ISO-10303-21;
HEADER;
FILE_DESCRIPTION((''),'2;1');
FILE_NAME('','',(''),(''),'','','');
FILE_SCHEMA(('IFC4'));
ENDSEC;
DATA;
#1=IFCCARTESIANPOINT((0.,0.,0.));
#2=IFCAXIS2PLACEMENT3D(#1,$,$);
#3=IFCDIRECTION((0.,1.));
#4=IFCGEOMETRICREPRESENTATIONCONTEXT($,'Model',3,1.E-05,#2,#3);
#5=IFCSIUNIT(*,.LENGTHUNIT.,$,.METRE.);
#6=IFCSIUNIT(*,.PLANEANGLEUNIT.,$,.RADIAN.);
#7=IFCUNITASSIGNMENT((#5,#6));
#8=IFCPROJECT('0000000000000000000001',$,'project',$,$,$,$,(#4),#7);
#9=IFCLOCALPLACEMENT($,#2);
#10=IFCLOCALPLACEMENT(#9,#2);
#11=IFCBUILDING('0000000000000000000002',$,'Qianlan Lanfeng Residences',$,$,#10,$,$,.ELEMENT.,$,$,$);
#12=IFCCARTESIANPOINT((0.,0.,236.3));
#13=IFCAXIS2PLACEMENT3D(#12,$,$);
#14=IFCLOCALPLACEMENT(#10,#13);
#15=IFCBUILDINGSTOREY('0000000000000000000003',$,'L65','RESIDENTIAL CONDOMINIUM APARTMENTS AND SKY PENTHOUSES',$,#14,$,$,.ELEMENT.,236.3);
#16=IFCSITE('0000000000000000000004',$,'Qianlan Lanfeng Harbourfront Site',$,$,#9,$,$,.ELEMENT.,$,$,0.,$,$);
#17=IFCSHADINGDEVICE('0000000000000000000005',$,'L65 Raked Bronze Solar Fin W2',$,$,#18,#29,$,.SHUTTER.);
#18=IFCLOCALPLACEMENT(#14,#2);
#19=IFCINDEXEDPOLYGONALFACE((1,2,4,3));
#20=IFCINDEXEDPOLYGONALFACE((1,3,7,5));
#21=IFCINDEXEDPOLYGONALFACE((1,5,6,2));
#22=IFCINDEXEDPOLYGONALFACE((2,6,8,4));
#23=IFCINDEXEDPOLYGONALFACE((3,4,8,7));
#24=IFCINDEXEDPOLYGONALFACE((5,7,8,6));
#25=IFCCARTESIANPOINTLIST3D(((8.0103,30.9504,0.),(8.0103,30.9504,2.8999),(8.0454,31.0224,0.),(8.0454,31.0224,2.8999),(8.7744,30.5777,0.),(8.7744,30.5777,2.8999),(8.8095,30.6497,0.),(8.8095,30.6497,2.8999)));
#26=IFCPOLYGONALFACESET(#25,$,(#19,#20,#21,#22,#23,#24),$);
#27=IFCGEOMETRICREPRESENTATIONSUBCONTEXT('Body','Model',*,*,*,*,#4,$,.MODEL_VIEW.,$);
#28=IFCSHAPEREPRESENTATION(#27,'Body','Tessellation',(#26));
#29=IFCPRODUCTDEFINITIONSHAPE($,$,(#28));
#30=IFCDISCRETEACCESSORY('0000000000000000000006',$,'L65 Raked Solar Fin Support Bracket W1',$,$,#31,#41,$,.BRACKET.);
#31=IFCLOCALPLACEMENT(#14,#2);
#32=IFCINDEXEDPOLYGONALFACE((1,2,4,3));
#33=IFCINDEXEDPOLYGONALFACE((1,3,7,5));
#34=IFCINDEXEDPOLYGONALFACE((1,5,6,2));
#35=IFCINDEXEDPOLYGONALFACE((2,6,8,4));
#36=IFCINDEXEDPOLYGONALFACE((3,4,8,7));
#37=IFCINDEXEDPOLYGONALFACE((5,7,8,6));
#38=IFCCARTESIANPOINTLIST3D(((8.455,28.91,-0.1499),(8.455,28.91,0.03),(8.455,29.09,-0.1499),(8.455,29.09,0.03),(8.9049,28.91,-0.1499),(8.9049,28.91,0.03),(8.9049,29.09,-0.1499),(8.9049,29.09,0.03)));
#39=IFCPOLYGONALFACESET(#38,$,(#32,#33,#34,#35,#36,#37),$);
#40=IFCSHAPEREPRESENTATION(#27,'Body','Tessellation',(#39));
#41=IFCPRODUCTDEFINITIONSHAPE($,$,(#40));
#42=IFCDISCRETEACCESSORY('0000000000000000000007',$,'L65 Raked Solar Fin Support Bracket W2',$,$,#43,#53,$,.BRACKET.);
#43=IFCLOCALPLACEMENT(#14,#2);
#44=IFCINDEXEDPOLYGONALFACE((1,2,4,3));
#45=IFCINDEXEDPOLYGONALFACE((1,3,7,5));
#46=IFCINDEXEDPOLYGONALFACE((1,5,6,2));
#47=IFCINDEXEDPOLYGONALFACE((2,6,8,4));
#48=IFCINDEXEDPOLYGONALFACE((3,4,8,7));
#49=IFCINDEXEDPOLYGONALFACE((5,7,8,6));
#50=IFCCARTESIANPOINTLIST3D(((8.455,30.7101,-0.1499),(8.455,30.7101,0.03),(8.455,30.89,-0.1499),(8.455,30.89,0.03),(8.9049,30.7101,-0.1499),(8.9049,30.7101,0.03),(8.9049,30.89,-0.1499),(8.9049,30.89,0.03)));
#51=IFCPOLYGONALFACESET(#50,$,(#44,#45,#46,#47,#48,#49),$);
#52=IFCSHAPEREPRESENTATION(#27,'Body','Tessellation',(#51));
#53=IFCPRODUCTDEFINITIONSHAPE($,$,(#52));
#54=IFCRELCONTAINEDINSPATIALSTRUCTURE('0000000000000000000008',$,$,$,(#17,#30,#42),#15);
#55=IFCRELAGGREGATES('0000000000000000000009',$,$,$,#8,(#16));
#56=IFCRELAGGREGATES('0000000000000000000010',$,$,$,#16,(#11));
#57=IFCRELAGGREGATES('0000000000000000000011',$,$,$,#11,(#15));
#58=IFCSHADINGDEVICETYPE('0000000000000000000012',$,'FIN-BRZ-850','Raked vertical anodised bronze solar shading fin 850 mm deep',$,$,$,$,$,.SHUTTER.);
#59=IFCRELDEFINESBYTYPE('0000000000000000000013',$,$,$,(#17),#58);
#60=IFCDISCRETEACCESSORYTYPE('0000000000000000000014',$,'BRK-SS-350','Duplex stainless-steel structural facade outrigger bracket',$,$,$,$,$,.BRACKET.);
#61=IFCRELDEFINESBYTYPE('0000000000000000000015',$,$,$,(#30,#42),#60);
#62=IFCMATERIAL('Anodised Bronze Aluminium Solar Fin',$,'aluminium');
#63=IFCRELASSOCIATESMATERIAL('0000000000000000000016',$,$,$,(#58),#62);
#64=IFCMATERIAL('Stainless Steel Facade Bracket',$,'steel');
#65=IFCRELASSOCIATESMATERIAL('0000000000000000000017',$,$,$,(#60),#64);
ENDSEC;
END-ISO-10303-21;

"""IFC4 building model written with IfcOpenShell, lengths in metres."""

from ifc_helpers import new_model, si_unit, direction, frame, origin, origin_2d, place, context, subcontext, project, spatial, rectangle, extrude, source, transform, mapped, material, type_object, element, save


model = new_model("IFC4")

# Units and contexts
model_context = context("Model", 3, precision=1e-05, world=origin(), true_north=direction((0.0, 1.0)))
body_context = subcontext(model_context, "Body", "Model", "MODEL_VIEW")
ifc_project = project(units=[si_unit("LENGTHUNIT", "METRE"), si_unit("PLANEANGLEUNIT", "RADIAN")], contexts=[model_context])

# Site, building, storey
site_placement = place(None, origin())
site = spatial("IfcSite", under=ifc_project, at=site_placement, Name="Qianlan Lanfeng Harbourfront Site", CompositionType="ELEMENT", RefElevation=0.0)
building_placement = place(site_placement, origin())
building = spatial("IfcBuilding", under=site, at=building_placement, Name="Qianlan Lanfeng Residences", CompositionType="ELEMENT")
storey_placement = place(building_placement, frame((0.0, 0.0, 236.3)))
storey = spatial("IfcBuildingStorey", under=building, at=storey_placement, Name="L65", Description="RESIDENTIAL CONDOMINIUM APARTMENTS AND SKY PENTHOUSES", CompositionType="ELEMENT", Elevation=236.3)

# Shading device
ifc_material_1 = material(Name="Anodised Bronze Aluminium Solar Fin", Category="aluminium")
shading_device_type = type_object("IfcShadingDeviceType", Name="FIN-BRZ-850", Description="Raked vertical anodised bronze solar shading fin 850 mm deep", PredefinedType="SHUTTER", material=ifc_material_1)
shared_shape_1 = source(origin(), body_context, "Body", "SweptSolid", [
    extrude(rectangle(XDim=0.8501, YDim=0.0801, at=origin_2d()), origin(), (0.0, 0.0, 1.0), 2.8999),
])
for number, where, z_axis, x_axis, name in (
    (1, (8.4099, 30.8, 0.0), (0.0, 0.0, 1.0), (0.898794, -0.438371, 0.0), "L65 Raked Bronze Solar Fin W2"),
):
    element("IfcShadingDevice", number, at=place(storey_placement, frame(where, z_axis=z_axis, x_axis=x_axis)), inside=storey, type_object=shading_device_type, Name=name, PredefinedType="SHUTTER", context=body_context, shape_type="MappedRepresentation", body=[
        mapped(shared_shape_1, transform((0.0, 0.0, 0.0), scale=1.0)),
    ])

# Discrete accessories
ifc_material_2 = material(Name="Stainless Steel Facade Bracket", Category="steel")
discrete_accessory_type = type_object("IfcDiscreteAccessoryType", Name="BRK-SS-350", Description="Duplex stainless-steel structural facade outrigger bracket", PredefinedType="BRACKET", material=ifc_material_2)
shared_shape_2 = source(origin(), body_context, "Body", "SweptSolid", [
    extrude(rectangle(XDim=0.45, YDim=0.1799, at=origin_2d()), origin(), (0.0, 0.0, 1.0), 0.1799),
])
for number, where, z_axis, x_axis, name in (
    (2, (8.6799, 29.0, -0.1499), (0.0, 0.0, 1.0), (1.0, 0.0, 0.0), "L65 Raked Solar Fin Support Bracket W1"),
    (3, (8.6799, 30.8, -0.1499), (0.0, 0.0, 1.0), (1.0, 0.0, 0.0), "L65 Raked Solar Fin Support Bracket W2"),
):
    element("IfcDiscreteAccessory", number, at=place(storey_placement, frame(where, z_axis=z_axis, x_axis=x_axis)), inside=storey, type_object=discrete_accessory_type, Name=name, PredefinedType="BRACKET", context=body_context, shape_type="MappedRepresentation", body=[
        mapped(shared_shape_2, transform((0.0, 0.0, 0.0), scale=1.0)),
    ])

save(model, "model.ifc")
